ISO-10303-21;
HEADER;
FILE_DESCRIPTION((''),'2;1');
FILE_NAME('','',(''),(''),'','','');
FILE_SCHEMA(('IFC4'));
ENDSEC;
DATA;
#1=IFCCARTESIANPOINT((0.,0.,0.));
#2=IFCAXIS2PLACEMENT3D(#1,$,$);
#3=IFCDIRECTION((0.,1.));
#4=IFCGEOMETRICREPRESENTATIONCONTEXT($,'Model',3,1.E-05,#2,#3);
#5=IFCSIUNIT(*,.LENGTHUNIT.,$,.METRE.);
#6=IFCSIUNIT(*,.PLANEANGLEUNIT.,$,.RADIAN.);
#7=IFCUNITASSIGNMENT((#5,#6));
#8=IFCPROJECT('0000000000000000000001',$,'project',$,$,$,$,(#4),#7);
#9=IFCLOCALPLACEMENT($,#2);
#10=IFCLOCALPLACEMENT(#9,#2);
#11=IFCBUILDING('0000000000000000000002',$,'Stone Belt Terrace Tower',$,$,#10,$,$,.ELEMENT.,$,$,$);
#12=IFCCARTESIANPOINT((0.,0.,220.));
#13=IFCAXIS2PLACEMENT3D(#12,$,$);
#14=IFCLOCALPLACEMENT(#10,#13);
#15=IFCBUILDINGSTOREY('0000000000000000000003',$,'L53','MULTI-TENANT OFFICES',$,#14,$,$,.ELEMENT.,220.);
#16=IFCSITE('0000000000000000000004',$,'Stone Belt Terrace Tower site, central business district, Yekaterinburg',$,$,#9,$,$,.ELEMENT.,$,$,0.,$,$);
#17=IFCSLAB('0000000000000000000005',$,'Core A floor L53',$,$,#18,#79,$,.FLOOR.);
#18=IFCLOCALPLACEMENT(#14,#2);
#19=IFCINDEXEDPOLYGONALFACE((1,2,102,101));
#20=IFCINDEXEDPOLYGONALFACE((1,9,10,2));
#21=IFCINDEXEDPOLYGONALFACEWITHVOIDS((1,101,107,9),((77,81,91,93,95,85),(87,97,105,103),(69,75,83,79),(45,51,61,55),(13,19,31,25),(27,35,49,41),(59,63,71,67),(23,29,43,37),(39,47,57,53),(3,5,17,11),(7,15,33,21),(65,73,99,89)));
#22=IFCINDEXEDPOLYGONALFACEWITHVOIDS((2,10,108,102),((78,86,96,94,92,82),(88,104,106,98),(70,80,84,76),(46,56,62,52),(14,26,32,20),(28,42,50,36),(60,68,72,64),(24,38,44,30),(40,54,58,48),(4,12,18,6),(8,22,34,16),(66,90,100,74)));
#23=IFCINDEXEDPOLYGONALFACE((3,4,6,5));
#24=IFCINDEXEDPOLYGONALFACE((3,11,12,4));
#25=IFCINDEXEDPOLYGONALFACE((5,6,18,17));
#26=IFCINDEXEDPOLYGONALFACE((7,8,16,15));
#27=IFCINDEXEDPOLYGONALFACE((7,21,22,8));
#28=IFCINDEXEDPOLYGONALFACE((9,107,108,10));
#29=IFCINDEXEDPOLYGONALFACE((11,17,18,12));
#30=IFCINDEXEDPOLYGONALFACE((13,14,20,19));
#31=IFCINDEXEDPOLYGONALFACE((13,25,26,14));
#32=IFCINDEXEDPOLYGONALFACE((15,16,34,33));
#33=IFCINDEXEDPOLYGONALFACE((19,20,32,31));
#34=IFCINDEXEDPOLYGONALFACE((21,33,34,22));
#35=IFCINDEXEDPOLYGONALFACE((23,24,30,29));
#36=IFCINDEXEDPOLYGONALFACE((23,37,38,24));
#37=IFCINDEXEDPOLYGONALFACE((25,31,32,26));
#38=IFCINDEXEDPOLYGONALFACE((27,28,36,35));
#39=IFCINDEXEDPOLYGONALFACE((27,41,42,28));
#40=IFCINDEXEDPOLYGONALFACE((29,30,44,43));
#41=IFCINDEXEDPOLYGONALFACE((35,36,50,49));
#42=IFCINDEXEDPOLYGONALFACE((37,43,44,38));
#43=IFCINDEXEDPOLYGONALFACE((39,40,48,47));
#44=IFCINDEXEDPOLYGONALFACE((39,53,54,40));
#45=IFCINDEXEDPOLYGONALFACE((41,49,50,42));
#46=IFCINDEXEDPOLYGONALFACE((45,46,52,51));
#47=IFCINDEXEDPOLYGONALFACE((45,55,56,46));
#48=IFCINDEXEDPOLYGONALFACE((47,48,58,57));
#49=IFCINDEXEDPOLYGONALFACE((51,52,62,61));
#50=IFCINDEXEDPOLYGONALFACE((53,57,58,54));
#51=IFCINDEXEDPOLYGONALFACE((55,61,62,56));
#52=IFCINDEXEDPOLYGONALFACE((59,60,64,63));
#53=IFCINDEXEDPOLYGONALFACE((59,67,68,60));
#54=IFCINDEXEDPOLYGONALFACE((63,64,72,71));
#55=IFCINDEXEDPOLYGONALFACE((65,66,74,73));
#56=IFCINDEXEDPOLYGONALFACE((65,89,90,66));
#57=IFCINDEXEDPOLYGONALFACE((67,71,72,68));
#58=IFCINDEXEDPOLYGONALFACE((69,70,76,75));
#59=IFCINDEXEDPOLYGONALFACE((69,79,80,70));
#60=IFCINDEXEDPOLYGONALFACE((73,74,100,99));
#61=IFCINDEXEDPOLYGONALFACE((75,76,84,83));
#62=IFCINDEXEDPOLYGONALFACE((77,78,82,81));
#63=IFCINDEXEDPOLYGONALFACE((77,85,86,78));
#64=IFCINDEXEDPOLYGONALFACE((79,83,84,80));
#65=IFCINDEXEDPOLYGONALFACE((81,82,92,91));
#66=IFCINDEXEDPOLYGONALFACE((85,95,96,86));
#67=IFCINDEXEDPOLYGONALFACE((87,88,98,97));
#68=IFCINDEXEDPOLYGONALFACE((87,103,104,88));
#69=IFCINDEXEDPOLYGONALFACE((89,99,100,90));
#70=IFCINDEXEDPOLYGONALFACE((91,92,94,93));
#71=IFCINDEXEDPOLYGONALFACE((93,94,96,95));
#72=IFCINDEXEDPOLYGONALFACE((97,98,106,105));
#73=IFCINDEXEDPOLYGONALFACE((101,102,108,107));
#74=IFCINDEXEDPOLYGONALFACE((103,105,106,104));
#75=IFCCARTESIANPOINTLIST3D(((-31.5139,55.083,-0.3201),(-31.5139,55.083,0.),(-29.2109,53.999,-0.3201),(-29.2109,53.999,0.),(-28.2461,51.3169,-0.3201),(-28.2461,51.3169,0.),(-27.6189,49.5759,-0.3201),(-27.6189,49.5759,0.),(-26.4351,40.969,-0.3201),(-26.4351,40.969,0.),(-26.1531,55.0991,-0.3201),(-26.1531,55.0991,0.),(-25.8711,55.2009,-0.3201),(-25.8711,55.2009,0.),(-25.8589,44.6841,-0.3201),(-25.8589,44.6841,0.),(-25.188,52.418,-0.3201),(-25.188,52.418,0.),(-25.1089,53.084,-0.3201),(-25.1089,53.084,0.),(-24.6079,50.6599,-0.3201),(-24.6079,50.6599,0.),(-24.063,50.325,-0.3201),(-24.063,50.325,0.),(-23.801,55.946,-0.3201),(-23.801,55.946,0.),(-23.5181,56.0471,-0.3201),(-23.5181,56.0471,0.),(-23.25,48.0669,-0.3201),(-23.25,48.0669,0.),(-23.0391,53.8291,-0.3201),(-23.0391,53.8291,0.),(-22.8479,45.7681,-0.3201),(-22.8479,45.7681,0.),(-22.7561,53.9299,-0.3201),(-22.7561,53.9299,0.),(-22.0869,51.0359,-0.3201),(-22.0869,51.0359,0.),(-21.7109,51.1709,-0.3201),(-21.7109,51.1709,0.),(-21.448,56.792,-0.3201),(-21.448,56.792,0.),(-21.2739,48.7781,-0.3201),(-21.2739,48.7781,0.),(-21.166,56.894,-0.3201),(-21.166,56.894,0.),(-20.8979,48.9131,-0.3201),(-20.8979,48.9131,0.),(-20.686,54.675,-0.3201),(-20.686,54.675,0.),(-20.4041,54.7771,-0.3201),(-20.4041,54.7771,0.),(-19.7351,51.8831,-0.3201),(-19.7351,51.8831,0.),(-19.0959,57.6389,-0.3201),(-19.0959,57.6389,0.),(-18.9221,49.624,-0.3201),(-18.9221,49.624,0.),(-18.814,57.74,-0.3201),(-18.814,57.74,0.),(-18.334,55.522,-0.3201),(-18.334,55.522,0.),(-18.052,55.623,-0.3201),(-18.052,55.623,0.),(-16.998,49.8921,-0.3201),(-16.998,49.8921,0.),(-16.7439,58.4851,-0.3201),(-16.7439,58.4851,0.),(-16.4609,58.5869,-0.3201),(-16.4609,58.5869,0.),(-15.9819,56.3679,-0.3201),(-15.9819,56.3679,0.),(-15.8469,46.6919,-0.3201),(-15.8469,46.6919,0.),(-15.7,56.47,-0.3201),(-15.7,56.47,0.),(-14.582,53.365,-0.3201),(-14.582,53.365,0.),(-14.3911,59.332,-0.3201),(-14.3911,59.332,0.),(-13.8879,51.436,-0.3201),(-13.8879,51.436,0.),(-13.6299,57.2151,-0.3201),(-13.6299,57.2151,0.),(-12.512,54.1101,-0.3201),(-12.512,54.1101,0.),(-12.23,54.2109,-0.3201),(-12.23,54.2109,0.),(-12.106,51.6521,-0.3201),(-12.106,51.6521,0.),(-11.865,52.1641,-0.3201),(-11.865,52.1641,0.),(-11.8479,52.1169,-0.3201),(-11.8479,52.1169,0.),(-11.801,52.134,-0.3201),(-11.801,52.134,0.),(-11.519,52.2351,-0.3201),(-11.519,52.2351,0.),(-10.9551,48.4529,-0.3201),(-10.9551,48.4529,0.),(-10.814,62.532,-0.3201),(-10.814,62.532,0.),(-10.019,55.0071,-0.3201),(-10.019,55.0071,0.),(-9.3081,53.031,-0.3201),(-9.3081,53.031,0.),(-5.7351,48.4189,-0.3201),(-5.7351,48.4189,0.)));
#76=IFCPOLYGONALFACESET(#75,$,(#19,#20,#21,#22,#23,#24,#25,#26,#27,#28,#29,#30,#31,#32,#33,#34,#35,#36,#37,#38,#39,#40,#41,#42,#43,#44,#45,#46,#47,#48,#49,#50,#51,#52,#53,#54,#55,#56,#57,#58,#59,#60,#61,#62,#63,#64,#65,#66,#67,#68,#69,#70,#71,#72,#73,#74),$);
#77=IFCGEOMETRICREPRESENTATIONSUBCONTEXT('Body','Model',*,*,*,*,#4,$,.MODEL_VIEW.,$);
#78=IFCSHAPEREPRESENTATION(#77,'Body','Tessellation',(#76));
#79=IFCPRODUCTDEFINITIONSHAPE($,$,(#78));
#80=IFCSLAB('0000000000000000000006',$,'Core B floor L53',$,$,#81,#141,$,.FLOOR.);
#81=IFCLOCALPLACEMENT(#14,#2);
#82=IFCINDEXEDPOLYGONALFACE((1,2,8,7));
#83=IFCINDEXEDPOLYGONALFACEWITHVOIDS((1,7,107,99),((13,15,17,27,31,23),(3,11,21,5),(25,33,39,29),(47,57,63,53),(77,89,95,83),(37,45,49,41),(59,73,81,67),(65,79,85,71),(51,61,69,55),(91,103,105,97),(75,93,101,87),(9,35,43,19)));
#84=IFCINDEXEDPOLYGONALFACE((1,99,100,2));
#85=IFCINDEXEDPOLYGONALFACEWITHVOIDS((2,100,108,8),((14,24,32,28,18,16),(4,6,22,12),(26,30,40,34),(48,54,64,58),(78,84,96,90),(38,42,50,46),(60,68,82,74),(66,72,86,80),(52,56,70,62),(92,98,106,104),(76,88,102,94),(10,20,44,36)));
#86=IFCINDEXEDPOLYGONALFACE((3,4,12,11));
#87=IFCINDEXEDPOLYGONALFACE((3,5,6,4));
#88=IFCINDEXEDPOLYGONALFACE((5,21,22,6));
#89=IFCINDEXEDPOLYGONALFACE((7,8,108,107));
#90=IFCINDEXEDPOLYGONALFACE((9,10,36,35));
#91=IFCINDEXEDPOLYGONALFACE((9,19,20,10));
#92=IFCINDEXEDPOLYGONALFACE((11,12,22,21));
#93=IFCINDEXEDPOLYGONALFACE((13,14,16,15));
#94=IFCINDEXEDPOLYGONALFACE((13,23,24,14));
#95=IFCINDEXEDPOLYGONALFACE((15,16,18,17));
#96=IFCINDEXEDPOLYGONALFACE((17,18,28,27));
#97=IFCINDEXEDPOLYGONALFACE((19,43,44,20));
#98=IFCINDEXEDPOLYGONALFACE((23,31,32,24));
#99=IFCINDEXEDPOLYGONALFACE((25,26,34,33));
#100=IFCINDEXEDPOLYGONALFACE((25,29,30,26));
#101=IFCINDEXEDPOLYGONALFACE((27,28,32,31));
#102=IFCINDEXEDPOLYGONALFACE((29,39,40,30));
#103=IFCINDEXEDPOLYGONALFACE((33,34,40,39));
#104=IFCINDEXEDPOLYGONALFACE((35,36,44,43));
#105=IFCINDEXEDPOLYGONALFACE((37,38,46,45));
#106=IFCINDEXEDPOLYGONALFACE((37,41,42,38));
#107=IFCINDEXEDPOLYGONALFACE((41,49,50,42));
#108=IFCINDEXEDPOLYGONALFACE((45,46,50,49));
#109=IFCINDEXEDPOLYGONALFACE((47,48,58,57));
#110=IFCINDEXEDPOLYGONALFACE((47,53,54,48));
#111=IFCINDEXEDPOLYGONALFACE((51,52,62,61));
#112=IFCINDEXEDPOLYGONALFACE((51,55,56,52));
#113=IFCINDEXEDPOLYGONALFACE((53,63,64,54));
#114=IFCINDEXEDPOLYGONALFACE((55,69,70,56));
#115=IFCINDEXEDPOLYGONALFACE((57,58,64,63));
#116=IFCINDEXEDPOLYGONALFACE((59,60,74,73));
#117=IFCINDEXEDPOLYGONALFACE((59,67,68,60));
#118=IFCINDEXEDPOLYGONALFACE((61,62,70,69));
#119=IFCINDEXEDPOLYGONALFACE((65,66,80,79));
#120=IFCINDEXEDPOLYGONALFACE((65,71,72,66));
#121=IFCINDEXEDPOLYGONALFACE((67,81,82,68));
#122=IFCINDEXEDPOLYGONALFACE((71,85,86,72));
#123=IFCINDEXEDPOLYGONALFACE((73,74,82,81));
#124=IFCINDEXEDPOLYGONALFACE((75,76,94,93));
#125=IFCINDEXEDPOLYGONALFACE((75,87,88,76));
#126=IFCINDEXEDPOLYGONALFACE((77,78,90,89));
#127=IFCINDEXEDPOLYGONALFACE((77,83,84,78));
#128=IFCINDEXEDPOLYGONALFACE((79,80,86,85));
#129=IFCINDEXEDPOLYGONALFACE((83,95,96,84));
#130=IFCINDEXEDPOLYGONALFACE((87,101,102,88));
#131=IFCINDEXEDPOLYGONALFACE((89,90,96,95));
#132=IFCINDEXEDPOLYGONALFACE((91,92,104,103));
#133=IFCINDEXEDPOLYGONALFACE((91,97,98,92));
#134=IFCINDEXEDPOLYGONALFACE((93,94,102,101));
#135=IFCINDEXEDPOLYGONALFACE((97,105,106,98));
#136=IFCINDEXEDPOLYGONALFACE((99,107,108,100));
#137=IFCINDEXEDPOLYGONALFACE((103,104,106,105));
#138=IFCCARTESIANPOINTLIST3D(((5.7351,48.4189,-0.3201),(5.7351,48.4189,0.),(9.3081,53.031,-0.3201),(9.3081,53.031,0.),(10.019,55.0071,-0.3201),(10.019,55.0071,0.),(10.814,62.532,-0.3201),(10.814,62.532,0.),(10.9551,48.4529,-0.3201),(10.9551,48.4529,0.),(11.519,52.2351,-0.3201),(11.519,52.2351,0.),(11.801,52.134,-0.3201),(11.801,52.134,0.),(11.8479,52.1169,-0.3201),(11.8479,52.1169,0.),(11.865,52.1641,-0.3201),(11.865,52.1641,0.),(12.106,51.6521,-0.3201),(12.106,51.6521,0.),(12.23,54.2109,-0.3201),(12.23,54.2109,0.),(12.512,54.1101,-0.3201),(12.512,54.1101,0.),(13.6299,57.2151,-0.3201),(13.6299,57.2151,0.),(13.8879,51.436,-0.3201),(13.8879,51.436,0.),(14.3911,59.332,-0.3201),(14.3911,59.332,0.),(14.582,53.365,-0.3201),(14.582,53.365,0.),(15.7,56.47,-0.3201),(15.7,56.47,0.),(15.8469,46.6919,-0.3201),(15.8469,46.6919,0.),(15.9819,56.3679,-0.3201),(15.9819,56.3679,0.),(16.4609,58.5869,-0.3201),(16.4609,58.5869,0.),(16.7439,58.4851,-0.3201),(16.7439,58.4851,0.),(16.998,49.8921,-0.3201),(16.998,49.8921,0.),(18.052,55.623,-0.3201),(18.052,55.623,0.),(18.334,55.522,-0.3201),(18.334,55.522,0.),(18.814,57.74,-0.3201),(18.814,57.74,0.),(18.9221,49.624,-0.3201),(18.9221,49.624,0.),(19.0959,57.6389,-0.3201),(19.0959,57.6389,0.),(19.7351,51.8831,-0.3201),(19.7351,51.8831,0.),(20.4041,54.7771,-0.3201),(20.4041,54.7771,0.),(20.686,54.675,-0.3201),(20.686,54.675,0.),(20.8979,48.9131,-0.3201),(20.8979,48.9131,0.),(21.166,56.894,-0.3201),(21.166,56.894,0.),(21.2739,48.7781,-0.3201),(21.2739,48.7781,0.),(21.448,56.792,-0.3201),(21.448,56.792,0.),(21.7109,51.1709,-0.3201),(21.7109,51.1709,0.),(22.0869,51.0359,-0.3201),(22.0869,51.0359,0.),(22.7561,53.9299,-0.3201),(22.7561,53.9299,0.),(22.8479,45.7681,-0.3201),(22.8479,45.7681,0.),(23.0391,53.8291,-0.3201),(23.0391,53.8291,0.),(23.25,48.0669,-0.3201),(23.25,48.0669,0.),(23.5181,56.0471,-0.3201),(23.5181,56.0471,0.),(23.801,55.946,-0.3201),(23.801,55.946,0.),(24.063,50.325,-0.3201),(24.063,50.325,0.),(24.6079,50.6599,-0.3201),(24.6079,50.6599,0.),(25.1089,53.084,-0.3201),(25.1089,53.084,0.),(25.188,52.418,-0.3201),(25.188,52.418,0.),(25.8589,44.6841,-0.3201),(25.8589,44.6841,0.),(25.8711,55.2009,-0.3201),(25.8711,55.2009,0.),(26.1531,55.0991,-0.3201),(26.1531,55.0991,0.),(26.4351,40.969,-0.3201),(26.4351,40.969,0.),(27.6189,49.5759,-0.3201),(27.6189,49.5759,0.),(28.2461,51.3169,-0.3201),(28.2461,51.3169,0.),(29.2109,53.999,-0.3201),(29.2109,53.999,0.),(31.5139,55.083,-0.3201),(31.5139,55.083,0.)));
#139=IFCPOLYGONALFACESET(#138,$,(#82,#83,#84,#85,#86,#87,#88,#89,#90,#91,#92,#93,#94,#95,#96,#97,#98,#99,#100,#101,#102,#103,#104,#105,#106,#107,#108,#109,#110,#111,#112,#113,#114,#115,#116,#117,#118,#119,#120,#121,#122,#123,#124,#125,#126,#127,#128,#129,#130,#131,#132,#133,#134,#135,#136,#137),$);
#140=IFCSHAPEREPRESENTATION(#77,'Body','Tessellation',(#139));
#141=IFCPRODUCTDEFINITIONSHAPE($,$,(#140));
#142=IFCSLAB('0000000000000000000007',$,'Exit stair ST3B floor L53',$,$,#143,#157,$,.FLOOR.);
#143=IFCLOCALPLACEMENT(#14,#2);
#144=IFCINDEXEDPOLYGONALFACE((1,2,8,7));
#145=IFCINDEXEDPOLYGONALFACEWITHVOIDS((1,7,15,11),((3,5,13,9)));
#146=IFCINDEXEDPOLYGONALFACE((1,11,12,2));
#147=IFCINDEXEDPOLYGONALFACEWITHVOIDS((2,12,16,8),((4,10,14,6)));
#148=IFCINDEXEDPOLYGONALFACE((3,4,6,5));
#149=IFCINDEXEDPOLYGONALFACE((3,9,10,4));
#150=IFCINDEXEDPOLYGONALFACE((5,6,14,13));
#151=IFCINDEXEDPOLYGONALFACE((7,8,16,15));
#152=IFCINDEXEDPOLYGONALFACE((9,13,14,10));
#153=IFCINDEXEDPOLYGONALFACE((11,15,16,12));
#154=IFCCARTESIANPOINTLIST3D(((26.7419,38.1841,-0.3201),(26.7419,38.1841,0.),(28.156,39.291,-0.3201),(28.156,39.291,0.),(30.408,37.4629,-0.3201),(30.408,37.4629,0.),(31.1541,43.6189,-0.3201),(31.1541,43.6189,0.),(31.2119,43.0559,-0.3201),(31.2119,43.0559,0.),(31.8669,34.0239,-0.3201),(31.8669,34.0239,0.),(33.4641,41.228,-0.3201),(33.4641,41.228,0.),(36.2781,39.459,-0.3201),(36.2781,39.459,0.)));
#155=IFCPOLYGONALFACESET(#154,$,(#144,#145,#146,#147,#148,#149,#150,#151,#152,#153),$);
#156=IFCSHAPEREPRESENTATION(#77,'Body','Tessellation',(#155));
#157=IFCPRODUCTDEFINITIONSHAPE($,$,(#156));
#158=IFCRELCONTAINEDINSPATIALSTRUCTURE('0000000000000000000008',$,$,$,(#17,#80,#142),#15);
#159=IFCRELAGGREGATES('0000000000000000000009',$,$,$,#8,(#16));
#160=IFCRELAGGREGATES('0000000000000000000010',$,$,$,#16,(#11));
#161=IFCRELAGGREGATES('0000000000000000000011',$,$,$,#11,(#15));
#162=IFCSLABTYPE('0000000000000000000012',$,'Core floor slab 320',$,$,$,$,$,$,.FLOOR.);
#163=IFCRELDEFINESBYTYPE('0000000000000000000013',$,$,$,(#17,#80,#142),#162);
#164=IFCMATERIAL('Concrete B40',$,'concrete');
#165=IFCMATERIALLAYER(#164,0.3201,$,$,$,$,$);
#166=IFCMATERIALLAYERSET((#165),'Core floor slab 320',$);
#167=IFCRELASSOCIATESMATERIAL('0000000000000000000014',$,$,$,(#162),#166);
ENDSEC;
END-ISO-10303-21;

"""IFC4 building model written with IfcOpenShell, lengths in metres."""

from ifc_helpers import new_model, si_unit, direction, frame, origin, place, context, subcontext, project, spatial, polyline, outline, extrude, material, layer, layer_set, type_object, element, save


model = new_model("IFC4")

# Units and contexts
model_context = context("Model", 3, precision=1e-05, world=origin(), true_north=direction((0.0, 1.0)))
body_context = subcontext(model_context, "Body", "Model", "MODEL_VIEW")
ifc_project = project(units=[si_unit("LENGTHUNIT", "METRE"), si_unit("PLANEANGLEUNIT", "RADIAN")], contexts=[model_context])

# Site, building, storey
site_placement = place(None, origin())
site = spatial("IfcSite", under=ifc_project, at=site_placement, Name="Stone Belt Terrace Tower site, central business district, Yekaterinburg", CompositionType="ELEMENT", RefElevation=0.0)
building_placement = place(site_placement, origin())
building = spatial("IfcBuilding", under=site, at=building_placement, Name="Stone Belt Terrace Tower", CompositionType="ELEMENT")
storey_placement = place(building_placement, frame((0.0, 0.0, 220.0)))
storey = spatial("IfcBuildingStorey", under=building, at=storey_placement, Name="L53", Description="MULTI-TENANT OFFICES", CompositionType="ELEMENT", Elevation=220.0)

# Slabs
ifc_material_1 = material(Name="Concrete B40", Category="concrete")
ifc_layer_1 = layer(ifc_material_1, 0.3201)
ifc_layer_set_1 = layer_set([ifc_layer_1], Name="Core floor slab 320")
slab_type_1 = type_object("IfcSlabType", Name="Core floor slab 320", PredefinedType="FLOOR", material=ifc_layer_set_1)
slab_1_placement = place(storey_placement, frame((0.0, 0.0, -0.3201)))
element("IfcSlab", 1, at=slab_1_placement, inside=storey, type_object=slab_type_1, Name="Core A floor L53", PredefinedType="FLOOR", context=body_context, shape_type="SweptSolid", body=[
    extrude(outline(polyline([(-26.4351, 40.969), (-5.7351, 48.4189), (-10.814, 62.532), (-31.5139, 55.083), (-26.4351, 40.969)]), holes=[polyline([(-24.6079, 50.6599), (-22.8479, 45.7681), (-25.8589, 44.6841), (-27.6189, 49.5759), (-24.6079, 50.6599)]), polyline([(-23.25, 48.0669), (-24.063, 50.325), (-22.0869, 51.0359), (-21.2739, 48.7781), (-23.25, 48.0669)]), polyline([(-20.8979, 48.9131), (-21.7109, 51.1709), (-19.7351, 51.8831), (-18.9221, 49.624), (-20.8979, 48.9131)]), polyline([(-28.2461, 51.3169), (-29.2109, 53.999), (-26.1531, 55.0991), (-25.188, 52.418), (-28.2461, 51.3169)]), polyline([(-23.801, 55.946), (-23.0391, 53.8291), (-25.1089, 53.084), (-25.8711, 55.2009), (-23.801, 55.946)]), polyline([(-21.448, 56.792), (-20.686, 54.675), (-22.7561, 53.9299), (-23.5181, 56.0471), (-21.448, 56.792)]), polyline([(-10.9551, 48.4529), (-15.8469, 46.6919), (-16.998, 49.8921), (-12.106, 51.6521), (-10.9551, 48.4529)]), polyline([(-11.8479, 52.1169), (-11.865, 52.1641), (-13.8879, 51.436), (-14.582, 53.365), (-12.512, 54.1101), (-11.801, 52.134), (-11.8479, 52.1169)]), polyline([(-9.3081, 53.031), (-11.519, 52.2351), (-12.23, 54.2109), (-10.019, 55.0071), (-9.3081, 53.031)]), polyline([(-21.166, 56.894), (-19.0959, 57.6389), (-18.334, 55.522), (-20.4041, 54.7771), (-21.166, 56.894)]), polyline([(-16.7439, 58.4851), (-15.9819, 56.3679), (-18.052, 55.623), (-18.814, 57.74), (-16.7439, 58.4851)]), polyline([(-14.3911, 59.332), (-13.6299, 57.2151), (-15.7, 56.47), (-16.4609, 58.5869), (-14.3911, 59.332)])]), origin(), (0.0, 0.0, 1.0), 0.3201),
])
slab_2_placement = place(storey_placement, frame((0.0, 0.0, -0.3201)))
element("IfcSlab", 2, at=slab_2_placement, inside=storey, type_object=slab_type_1, Name="Core B floor L53", PredefinedType="FLOOR", context=body_context, shape_type="SweptSolid", body=[
    extrude(outline(polyline([(26.4351, 40.969), (31.5139, 55.083), (10.814, 62.532), (5.7351, 48.4189), (26.4351, 40.969)]), holes=[polyline([(12.106, 51.6521), (16.998, 49.8921), (15.8469, 46.6919), (10.9551, 48.4529), (12.106, 51.6521)]), polyline([(12.512, 54.1101), (14.582, 53.365), (13.8879, 51.436), (11.865, 52.1641), (11.8479, 52.1169), (11.801, 52.134), (12.512, 54.1101)]), polyline([(9.3081, 53.031), (10.019, 55.0071), (12.23, 54.2109), (11.519, 52.2351), (9.3081, 53.031)]), polyline([(18.334, 55.522), (19.0959, 57.6389), (21.166, 56.894), (20.4041, 54.7771), (18.334, 55.522)]), polyline([(16.7439, 58.4851), (18.814, 57.74), (18.052, 55.623), (15.9819, 56.3679), (16.7439, 58.4851)]), polyline([(14.3911, 59.332), (16.4609, 58.5869), (15.7, 56.47), (13.6299, 57.2151), (14.3911, 59.332)]), polyline([(27.6189, 49.5759), (25.8589, 44.6841), (22.8479, 45.7681), (24.6079, 50.6599), (27.6189, 49.5759)]), polyline([(23.25, 48.0669), (21.2739, 48.7781), (22.0869, 51.0359), (24.063, 50.325), (23.25, 48.0669)]), polyline([(20.8979, 48.9131), (18.9221, 49.624), (19.7351, 51.8831), (21.7109, 51.1709), (20.8979, 48.9131)]), polyline([(26.1531, 55.0991), (29.2109, 53.999), (28.2461, 51.3169), (25.188, 52.418), (26.1531, 55.0991)]), polyline([(23.801, 55.946), (25.8711, 55.2009), (25.1089, 53.084), (23.0391, 53.8291), (23.801, 55.946)]), polyline([(21.448, 56.792), (23.5181, 56.0471), (22.7561, 53.9299), (20.686, 54.675), (21.448, 56.792)])]), origin(), (0.0, 0.0, 1.0), 0.3201),
])
slab_3_placement = place(storey_placement, frame((0.0, 0.0, -0.3201)))
element("IfcSlab", 3, at=slab_3_placement, inside=storey, type_object=slab_type_1, Name="Exit stair ST3B floor L53", PredefinedType="FLOOR", context=body_context, shape_type="SweptSolid", body=[
    extrude(outline(polyline([(26.7419, 38.1841), (31.8669, 34.0239), (36.2781, 39.459), (31.1541, 43.6189), (26.7419, 38.1841)]), holes=[polyline([(30.408, 37.4629), (28.156, 39.291), (31.2119, 43.0559), (33.4641, 41.228), (30.408, 37.4629)])]), origin(), (0.0, 0.0, 1.0), 0.3201),
])

save(model, "model.ifc")
